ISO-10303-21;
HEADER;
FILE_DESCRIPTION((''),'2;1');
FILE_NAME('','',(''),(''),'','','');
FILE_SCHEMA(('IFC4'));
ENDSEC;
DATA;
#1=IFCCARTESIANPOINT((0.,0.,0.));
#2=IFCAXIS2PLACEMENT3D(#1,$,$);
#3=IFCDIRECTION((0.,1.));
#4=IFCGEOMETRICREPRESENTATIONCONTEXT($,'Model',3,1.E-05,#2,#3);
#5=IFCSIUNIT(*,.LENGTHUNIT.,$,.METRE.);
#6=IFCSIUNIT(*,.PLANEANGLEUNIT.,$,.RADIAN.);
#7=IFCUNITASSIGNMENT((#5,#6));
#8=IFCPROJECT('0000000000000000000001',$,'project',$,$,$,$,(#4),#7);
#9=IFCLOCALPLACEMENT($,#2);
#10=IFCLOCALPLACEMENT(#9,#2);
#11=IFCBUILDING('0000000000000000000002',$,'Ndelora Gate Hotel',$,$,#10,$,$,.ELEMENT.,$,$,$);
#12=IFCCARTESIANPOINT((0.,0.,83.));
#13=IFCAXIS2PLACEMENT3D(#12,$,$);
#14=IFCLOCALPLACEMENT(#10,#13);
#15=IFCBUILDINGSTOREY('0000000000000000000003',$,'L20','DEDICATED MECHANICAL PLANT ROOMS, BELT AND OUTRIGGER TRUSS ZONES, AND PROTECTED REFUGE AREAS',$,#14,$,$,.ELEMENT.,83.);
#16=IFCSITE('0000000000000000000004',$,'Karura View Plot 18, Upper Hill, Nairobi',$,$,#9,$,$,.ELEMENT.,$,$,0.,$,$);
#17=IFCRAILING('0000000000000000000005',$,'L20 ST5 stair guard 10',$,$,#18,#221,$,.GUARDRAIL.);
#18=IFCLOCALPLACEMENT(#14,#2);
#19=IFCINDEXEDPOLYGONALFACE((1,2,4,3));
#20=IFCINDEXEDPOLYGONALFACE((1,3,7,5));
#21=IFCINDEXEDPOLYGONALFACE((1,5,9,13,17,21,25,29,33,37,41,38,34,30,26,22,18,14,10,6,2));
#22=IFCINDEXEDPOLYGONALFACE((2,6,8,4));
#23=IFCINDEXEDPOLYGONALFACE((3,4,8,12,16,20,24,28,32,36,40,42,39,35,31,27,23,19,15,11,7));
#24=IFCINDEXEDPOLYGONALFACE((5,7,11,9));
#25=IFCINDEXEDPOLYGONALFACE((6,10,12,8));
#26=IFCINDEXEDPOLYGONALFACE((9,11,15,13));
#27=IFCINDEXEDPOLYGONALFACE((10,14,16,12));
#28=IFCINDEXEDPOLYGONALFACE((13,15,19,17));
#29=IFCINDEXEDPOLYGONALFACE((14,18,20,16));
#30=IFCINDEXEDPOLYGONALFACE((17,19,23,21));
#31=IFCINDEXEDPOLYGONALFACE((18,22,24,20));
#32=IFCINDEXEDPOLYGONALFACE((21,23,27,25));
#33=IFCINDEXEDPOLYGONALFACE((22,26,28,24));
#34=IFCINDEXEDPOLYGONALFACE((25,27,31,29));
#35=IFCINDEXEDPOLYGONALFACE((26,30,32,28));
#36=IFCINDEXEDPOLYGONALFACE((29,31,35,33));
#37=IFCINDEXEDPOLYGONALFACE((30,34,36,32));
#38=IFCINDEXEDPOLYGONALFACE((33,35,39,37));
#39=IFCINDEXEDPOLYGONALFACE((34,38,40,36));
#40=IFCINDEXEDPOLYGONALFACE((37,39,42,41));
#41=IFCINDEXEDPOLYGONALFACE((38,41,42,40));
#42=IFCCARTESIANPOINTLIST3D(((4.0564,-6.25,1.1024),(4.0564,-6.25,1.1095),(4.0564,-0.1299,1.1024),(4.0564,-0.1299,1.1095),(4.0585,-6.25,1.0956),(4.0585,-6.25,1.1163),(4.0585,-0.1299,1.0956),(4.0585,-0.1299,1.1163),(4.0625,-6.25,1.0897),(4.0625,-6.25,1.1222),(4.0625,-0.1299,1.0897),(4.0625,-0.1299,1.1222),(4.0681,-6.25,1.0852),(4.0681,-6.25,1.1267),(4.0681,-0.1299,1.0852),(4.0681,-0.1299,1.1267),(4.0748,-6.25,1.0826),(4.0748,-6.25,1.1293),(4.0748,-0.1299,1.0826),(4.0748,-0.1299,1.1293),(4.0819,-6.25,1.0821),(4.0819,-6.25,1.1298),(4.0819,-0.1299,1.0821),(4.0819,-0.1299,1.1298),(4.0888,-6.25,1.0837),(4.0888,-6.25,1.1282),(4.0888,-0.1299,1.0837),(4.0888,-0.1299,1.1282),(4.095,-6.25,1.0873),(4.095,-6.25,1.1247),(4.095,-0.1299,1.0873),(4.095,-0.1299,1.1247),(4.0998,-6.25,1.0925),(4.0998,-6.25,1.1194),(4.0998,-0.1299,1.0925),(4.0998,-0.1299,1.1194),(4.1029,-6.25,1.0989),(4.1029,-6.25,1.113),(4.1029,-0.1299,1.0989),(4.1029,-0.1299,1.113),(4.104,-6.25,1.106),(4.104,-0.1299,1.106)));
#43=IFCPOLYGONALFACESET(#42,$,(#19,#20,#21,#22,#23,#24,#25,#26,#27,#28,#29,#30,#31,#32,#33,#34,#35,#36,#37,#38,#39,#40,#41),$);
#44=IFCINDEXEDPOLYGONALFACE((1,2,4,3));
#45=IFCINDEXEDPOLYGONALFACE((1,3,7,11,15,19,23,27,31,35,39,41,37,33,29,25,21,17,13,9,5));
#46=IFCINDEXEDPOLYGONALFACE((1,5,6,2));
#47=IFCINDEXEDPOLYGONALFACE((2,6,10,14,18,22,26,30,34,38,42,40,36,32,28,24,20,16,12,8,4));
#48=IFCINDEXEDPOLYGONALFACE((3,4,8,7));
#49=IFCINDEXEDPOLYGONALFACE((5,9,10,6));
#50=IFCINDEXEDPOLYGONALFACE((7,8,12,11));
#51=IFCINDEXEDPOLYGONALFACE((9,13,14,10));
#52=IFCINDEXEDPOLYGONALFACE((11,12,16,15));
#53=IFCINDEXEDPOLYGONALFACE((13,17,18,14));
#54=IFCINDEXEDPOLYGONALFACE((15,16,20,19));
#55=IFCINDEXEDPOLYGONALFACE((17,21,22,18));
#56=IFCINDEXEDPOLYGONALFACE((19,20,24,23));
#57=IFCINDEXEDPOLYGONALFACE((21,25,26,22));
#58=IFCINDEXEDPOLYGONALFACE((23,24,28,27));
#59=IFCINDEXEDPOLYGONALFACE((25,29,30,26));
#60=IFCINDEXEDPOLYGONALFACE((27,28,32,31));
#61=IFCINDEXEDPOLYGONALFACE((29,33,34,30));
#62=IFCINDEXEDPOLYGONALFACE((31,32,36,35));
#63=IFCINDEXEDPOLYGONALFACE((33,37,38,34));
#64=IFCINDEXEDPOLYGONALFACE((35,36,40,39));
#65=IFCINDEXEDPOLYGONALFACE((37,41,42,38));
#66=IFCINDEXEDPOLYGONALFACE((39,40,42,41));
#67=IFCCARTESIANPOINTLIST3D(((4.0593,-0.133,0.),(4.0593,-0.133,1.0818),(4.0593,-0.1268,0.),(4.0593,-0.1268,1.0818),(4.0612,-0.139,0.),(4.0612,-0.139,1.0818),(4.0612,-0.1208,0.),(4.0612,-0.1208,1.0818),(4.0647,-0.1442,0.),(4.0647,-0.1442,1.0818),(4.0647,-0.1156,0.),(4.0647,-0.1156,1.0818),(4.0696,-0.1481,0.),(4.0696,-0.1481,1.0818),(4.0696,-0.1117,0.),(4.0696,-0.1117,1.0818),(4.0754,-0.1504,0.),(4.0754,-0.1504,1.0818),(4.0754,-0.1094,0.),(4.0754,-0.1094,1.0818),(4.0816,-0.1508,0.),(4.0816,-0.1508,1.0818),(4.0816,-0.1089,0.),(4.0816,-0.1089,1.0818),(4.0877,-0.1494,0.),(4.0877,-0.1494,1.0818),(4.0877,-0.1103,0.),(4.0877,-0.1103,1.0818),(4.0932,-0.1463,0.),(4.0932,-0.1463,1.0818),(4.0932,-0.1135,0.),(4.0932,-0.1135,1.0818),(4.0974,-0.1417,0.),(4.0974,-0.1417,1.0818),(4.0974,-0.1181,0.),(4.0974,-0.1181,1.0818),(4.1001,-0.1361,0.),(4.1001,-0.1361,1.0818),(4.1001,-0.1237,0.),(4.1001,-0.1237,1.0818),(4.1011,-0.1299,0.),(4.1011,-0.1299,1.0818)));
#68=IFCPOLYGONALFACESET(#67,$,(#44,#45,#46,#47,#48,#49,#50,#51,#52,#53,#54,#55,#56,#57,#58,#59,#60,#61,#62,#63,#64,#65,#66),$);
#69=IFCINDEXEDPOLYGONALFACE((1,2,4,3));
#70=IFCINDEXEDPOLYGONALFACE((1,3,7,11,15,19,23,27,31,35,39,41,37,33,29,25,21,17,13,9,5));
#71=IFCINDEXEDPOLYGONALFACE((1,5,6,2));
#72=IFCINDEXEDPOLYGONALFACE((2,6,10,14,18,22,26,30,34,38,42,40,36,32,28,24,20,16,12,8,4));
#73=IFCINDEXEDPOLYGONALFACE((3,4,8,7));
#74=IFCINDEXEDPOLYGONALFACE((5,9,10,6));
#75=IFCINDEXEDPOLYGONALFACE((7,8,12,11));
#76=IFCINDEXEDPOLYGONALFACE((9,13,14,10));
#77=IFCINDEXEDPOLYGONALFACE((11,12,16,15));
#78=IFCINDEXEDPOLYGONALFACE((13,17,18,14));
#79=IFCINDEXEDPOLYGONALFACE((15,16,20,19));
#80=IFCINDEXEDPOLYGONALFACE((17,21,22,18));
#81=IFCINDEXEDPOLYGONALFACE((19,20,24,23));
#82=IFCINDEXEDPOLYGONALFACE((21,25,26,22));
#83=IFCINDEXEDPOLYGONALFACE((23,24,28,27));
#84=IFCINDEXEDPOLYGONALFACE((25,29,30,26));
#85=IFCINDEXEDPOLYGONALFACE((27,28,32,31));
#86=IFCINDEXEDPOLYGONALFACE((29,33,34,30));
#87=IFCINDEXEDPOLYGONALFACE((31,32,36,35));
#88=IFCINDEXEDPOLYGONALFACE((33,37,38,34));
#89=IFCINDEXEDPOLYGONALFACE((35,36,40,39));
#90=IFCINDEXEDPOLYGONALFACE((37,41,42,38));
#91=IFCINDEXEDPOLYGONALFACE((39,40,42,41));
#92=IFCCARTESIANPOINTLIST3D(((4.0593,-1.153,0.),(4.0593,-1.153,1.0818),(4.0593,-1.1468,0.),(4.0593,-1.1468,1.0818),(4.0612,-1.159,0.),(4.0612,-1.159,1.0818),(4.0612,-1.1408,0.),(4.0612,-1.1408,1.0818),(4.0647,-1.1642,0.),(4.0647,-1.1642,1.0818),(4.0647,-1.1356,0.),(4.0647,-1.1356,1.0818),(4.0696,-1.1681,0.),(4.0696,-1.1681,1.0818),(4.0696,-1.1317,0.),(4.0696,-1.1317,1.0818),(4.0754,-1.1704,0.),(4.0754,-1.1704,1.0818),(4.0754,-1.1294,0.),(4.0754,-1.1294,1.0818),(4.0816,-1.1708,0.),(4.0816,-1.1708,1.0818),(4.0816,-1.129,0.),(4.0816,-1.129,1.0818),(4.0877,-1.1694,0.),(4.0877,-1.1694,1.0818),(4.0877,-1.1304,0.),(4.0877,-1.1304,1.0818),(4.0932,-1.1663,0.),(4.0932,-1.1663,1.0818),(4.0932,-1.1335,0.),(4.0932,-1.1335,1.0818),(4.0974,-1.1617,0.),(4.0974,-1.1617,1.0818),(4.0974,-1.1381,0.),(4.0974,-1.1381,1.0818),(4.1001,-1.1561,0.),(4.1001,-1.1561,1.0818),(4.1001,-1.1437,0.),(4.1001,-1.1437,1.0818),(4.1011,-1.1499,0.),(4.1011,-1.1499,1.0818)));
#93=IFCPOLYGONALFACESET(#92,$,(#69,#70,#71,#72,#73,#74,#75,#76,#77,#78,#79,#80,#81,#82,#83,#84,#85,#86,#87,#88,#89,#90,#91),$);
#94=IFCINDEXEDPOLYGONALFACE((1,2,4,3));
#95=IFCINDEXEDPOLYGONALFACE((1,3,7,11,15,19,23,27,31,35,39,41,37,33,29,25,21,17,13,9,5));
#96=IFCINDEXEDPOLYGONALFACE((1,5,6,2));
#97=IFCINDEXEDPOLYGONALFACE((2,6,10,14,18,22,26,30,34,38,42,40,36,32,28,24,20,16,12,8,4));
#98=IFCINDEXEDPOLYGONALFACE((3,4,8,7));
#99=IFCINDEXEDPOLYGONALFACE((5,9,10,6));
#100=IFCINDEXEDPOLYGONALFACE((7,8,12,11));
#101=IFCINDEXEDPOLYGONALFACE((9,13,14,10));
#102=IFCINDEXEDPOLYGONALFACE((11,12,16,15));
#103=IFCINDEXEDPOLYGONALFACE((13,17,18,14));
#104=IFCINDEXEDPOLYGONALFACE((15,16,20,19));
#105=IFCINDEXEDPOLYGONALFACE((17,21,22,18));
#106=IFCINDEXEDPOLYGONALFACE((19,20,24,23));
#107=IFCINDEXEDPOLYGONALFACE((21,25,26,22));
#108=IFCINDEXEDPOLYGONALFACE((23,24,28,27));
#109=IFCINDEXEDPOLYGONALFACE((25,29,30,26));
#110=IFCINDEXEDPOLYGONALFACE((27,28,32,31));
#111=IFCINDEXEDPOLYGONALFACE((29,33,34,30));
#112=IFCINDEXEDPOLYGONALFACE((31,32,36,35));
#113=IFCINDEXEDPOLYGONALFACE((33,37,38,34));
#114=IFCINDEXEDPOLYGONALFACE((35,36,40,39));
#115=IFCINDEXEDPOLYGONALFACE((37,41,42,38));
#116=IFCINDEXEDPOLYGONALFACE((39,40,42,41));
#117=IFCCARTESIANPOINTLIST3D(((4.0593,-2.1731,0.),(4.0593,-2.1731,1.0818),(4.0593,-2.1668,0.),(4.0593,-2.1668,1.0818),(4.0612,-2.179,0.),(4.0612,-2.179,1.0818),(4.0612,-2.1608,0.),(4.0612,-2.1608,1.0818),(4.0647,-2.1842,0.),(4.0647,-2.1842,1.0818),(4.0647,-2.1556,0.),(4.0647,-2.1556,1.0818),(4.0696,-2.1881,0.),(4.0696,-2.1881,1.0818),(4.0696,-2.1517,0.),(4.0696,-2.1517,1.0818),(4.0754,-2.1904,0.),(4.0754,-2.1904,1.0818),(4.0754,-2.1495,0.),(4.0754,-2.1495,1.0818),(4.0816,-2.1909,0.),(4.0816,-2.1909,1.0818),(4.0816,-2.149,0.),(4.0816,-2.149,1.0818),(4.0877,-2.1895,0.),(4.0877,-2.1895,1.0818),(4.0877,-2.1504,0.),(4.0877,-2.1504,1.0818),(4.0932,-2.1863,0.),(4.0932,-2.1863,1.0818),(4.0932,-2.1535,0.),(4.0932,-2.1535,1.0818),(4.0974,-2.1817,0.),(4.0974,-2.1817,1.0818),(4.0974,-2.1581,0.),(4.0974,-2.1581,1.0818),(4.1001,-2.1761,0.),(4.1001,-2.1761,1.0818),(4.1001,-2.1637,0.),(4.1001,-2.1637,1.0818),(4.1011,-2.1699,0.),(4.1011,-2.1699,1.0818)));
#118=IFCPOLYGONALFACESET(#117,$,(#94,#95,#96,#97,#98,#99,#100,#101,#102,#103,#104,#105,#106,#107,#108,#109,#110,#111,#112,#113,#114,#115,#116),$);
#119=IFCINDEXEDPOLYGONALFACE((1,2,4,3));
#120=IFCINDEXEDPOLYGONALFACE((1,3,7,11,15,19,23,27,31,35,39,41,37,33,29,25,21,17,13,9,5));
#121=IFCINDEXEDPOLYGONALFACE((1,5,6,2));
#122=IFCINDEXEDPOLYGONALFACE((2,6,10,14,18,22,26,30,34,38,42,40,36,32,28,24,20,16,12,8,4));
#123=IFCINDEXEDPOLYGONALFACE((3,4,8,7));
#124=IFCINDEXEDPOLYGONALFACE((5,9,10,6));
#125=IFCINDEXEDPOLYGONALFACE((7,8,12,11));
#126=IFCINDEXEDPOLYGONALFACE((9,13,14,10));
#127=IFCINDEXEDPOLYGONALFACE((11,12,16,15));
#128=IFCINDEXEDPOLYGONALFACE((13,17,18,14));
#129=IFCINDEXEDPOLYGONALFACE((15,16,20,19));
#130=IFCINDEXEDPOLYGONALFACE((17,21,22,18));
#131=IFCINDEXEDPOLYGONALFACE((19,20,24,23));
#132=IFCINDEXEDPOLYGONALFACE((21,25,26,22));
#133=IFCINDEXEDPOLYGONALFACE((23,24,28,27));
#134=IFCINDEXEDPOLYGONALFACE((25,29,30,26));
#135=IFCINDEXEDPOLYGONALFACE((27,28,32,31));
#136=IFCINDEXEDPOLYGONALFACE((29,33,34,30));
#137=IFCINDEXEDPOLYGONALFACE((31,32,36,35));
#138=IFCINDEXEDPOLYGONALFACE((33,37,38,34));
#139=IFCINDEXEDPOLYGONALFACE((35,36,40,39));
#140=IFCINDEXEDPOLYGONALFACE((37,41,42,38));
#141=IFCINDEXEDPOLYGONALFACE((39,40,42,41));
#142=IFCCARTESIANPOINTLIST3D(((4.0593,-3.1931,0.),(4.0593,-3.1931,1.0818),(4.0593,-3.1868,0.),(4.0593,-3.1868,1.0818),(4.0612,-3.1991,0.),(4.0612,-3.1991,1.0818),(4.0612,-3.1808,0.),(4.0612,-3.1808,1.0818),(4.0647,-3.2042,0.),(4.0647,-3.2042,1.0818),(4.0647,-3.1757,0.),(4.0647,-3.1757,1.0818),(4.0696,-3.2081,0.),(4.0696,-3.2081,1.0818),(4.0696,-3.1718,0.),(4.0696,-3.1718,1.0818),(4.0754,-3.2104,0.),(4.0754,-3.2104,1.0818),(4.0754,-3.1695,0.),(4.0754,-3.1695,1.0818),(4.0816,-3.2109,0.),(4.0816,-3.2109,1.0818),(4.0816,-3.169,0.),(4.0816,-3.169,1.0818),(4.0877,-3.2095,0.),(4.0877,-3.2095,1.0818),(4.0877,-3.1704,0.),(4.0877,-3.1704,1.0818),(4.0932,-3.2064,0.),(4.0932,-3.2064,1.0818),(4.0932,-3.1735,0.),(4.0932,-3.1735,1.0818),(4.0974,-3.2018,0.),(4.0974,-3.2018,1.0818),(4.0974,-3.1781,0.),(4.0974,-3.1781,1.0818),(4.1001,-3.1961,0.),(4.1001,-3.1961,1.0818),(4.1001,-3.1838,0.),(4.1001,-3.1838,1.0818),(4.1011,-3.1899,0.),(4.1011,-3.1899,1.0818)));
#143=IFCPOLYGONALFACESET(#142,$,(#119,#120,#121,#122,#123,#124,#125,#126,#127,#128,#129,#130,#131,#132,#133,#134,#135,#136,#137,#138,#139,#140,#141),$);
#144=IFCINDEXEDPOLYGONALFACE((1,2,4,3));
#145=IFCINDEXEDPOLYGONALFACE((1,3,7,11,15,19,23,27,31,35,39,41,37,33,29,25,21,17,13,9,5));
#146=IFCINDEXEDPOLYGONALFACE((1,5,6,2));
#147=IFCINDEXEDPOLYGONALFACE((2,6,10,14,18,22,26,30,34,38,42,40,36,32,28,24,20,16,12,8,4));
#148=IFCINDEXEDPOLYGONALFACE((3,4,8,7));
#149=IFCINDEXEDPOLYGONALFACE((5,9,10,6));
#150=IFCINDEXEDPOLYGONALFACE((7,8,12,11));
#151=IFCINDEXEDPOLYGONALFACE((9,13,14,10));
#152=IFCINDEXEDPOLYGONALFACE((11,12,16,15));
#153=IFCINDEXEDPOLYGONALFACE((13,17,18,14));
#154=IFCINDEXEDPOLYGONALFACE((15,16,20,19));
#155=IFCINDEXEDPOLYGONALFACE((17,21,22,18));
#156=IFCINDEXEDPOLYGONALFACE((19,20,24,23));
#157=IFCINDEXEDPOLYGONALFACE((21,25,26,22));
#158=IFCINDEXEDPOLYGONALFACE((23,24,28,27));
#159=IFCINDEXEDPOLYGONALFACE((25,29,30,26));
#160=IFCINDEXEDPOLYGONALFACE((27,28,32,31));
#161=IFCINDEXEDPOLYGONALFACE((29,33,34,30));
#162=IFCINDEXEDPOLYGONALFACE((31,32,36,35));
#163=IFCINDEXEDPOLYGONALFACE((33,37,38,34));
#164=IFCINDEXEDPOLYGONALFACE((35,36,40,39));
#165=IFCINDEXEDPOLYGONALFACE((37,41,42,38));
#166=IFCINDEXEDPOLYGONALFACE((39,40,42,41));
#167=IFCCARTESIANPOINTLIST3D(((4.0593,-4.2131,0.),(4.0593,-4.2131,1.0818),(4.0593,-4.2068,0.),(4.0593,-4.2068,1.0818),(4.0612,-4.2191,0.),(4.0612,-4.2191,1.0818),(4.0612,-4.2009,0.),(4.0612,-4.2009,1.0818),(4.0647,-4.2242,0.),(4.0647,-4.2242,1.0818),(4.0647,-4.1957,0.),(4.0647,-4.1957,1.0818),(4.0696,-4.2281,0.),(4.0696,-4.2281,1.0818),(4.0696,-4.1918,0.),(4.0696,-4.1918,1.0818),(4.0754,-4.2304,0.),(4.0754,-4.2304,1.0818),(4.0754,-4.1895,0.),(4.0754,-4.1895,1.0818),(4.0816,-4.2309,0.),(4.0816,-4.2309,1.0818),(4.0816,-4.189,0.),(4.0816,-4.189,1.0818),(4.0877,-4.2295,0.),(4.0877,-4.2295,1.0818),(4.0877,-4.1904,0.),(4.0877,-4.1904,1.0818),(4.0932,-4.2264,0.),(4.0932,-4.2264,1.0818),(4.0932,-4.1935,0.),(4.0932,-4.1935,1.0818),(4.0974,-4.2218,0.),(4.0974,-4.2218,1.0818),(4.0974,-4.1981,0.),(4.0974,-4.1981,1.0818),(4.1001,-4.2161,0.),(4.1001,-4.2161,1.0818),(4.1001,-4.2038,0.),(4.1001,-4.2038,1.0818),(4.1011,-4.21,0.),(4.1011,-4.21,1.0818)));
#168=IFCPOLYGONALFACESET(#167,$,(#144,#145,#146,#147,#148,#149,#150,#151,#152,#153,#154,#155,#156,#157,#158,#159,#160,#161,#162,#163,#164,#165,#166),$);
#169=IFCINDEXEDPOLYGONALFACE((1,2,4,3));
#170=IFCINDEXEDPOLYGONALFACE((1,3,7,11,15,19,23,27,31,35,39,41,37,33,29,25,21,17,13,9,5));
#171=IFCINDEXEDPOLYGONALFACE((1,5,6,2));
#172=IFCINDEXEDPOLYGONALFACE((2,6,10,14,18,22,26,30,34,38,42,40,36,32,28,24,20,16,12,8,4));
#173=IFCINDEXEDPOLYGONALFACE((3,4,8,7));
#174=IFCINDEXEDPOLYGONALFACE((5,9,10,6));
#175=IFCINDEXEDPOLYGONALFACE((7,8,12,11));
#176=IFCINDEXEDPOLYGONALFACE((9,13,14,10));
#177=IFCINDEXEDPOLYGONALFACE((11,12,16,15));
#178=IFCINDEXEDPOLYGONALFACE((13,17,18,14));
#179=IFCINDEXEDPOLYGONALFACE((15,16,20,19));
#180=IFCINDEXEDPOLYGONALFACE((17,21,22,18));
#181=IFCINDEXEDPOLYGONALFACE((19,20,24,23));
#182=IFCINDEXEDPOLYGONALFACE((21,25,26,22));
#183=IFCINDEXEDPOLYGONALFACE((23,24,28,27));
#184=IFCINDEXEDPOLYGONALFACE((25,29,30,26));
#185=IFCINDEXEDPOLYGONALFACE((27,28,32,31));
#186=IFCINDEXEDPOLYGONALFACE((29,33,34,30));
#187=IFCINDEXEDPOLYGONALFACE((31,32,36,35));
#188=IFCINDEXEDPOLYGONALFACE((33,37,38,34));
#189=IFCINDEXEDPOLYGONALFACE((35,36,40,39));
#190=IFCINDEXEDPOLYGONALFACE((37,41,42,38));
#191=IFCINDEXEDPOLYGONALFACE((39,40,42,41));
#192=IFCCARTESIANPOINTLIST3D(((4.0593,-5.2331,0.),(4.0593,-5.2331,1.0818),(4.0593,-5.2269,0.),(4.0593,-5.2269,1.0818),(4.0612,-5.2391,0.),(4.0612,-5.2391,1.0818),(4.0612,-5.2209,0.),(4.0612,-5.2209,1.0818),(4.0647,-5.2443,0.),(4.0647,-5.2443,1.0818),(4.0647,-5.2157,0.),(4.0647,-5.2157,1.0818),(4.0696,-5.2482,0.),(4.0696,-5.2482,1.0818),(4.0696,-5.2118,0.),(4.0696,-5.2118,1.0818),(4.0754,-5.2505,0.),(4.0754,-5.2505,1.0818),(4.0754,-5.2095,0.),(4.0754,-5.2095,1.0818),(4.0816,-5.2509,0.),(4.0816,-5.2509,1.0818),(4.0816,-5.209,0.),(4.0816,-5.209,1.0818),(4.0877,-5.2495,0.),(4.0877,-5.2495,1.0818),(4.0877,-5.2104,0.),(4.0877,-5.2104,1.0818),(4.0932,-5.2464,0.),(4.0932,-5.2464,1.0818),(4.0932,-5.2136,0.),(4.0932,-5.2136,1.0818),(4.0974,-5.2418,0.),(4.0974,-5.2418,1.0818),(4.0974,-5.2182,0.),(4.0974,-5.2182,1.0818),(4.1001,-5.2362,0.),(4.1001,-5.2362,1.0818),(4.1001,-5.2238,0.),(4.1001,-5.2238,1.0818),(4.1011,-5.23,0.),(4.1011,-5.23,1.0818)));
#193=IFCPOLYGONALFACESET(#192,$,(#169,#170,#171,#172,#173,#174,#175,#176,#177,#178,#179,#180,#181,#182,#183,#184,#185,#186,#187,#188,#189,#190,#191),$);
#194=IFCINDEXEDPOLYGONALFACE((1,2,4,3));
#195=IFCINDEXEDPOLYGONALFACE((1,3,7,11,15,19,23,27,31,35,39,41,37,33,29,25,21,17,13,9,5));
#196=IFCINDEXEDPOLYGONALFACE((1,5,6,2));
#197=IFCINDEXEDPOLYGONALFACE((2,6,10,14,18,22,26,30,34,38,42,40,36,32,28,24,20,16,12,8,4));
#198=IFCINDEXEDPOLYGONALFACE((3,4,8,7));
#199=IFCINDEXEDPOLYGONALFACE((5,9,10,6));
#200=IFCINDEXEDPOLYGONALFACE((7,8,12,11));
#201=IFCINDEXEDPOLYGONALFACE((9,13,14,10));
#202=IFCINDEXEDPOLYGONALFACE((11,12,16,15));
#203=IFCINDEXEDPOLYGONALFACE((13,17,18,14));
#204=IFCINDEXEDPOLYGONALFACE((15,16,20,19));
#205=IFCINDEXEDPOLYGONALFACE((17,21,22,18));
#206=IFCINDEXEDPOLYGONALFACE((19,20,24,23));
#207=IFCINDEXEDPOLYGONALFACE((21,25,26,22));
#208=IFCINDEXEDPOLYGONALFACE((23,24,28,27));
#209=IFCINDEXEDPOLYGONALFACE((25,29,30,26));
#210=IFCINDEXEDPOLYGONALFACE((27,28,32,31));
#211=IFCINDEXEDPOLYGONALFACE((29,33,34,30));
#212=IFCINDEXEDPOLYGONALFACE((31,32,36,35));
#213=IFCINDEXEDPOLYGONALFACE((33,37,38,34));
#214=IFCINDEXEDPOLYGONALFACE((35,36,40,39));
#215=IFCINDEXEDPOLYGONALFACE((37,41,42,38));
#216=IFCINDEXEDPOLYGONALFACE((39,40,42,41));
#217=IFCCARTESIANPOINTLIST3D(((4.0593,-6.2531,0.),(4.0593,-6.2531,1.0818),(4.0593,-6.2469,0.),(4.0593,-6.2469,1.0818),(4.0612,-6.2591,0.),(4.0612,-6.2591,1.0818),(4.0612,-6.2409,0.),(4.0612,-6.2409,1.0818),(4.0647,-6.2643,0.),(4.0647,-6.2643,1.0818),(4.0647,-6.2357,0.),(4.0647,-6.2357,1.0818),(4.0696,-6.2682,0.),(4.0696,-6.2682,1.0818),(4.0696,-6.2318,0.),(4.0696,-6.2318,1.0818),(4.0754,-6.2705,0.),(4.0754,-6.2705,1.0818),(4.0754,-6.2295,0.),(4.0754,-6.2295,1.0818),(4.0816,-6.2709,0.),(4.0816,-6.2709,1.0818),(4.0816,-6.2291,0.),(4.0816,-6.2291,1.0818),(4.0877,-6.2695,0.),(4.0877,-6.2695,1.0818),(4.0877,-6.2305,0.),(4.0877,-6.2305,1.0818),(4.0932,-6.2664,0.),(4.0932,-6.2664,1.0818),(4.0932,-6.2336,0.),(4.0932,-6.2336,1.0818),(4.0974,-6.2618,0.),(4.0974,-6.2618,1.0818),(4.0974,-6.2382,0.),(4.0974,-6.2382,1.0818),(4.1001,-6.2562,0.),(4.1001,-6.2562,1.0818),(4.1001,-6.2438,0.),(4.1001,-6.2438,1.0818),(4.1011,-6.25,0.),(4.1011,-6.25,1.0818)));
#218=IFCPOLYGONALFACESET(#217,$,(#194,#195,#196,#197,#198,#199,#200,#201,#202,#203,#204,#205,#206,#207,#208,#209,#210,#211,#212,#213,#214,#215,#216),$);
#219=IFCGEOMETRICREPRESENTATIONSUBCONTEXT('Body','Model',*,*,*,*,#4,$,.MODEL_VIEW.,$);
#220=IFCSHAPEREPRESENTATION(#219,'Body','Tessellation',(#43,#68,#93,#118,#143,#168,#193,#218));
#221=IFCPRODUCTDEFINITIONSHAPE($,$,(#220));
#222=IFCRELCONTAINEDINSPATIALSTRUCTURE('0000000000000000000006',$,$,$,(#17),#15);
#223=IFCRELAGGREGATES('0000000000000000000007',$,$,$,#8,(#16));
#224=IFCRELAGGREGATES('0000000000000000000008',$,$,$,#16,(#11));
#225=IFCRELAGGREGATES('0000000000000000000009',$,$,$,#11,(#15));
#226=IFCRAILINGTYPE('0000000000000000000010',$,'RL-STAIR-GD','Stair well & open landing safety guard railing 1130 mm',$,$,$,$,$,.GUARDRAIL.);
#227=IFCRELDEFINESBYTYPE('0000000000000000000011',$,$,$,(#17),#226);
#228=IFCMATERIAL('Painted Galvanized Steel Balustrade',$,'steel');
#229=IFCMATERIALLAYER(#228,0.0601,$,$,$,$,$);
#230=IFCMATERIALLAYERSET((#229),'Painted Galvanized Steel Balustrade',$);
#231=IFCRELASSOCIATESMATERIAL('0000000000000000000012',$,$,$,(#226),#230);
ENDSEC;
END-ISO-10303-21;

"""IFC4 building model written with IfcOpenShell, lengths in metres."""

from ifc_helpers import new_model, si_unit, direction, frame, origin, origin_2d, place, context, subcontext, project, spatial, circle, extrude, material, layer, layer_set, type_object, element, save


model = new_model("IFC4")

# Units and contexts
model_context = context("Model", 3, precision=1e-05, world=origin(), true_north=direction((0.0, 1.0)))
body_context = subcontext(model_context, "Body", "Model", "MODEL_VIEW")
ifc_project = project(units=[si_unit("LENGTHUNIT", "METRE"), si_unit("PLANEANGLEUNIT", "RADIAN")], contexts=[model_context])

# Site, building, storey
site_placement = place(None, origin())
site = spatial("IfcSite", under=ifc_project, at=site_placement, Name="Karura View Plot 18, Upper Hill, Nairobi", CompositionType="ELEMENT", RefElevation=0.0)
building_placement = place(site_placement, origin())
building = spatial("IfcBuilding", under=site, at=building_placement, Name="Ndelora Gate Hotel", CompositionType="ELEMENT")
storey_placement = place(building_placement, frame((0.0, 0.0, 83.0)))
storey = spatial("IfcBuildingStorey", under=building, at=storey_placement, Name="L20", Description="DEDICATED MECHANICAL PLANT ROOMS, BELT AND OUTRIGGER TRUSS ZONES, AND PROTECTED REFUGE AREAS", CompositionType="ELEMENT", Elevation=83.0)

# Railing
ifc_material_1 = material(Name="Painted Galvanized Steel Balustrade", Category="steel")
ifc_layer_1 = layer(ifc_material_1, 0.0601)
ifc_layer_set_1 = layer_set([ifc_layer_1], Name="Painted Galvanized Steel Balustrade")
railing_type_1 = type_object("IfcRailingType", Name="RL-STAIR-GD", Description="Stair well & open landing safety guard railing 1130 mm", PredefinedType="GUARDRAIL", material=ifc_layer_set_1)
railing_1_placement = place(storey_placement, frame((4.0801, -0.1299, 0.0)))
element("IfcRailing", 1, at=railing_1_placement, inside=storey, type_object=railing_type_1, Name="L20 ST5 stair guard 10", PredefinedType="GUARDRAIL", context=body_context, shape_type="SweptSolid", body=[
    extrude(circle(Radius=0.0239, at=origin_2d()), frame((0.0, 0.0, 1.106), z_axis=(0.0, -1.0, 0.0), x_axis=(1.0, 0.0, 0.0)), (0.0, 0.0, 1.0), 6.1201),
    extrude(circle(Radius=0.021, at=origin_2d()), origin(), (0.0, 0.0, 1.0), 1.0818),
    extrude(circle(Radius=0.021, at=origin_2d()), frame((0.0, -1.02, 0.0)), (0.0, 0.0, 1.0), 1.0818),
    extrude(circle(Radius=0.021, at=origin_2d()), frame((0.0, -2.04, 0.0)), (0.0, 0.0, 1.0), 1.0818),
    extrude(circle(Radius=0.021, at=origin_2d()), frame((0.0, -3.0601, 0.0)), (0.0, 0.0, 1.0), 1.0818),
    extrude(circle(Radius=0.021, at=origin_2d()), frame((0.0, -4.0801, 0.0)), (0.0, 0.0, 1.0), 1.0818),
    extrude(circle(Radius=0.021, at=origin_2d()), frame((0.0, -5.1001, 0.0)), (0.0, 0.0, 1.0), 1.0818),
    extrude(circle(Radius=0.021, at=origin_2d()), frame((0.0, -6.1201, 0.0)), (0.0, 0.0, 1.0), 1.0818),
])

save(model, "model.ifc")
